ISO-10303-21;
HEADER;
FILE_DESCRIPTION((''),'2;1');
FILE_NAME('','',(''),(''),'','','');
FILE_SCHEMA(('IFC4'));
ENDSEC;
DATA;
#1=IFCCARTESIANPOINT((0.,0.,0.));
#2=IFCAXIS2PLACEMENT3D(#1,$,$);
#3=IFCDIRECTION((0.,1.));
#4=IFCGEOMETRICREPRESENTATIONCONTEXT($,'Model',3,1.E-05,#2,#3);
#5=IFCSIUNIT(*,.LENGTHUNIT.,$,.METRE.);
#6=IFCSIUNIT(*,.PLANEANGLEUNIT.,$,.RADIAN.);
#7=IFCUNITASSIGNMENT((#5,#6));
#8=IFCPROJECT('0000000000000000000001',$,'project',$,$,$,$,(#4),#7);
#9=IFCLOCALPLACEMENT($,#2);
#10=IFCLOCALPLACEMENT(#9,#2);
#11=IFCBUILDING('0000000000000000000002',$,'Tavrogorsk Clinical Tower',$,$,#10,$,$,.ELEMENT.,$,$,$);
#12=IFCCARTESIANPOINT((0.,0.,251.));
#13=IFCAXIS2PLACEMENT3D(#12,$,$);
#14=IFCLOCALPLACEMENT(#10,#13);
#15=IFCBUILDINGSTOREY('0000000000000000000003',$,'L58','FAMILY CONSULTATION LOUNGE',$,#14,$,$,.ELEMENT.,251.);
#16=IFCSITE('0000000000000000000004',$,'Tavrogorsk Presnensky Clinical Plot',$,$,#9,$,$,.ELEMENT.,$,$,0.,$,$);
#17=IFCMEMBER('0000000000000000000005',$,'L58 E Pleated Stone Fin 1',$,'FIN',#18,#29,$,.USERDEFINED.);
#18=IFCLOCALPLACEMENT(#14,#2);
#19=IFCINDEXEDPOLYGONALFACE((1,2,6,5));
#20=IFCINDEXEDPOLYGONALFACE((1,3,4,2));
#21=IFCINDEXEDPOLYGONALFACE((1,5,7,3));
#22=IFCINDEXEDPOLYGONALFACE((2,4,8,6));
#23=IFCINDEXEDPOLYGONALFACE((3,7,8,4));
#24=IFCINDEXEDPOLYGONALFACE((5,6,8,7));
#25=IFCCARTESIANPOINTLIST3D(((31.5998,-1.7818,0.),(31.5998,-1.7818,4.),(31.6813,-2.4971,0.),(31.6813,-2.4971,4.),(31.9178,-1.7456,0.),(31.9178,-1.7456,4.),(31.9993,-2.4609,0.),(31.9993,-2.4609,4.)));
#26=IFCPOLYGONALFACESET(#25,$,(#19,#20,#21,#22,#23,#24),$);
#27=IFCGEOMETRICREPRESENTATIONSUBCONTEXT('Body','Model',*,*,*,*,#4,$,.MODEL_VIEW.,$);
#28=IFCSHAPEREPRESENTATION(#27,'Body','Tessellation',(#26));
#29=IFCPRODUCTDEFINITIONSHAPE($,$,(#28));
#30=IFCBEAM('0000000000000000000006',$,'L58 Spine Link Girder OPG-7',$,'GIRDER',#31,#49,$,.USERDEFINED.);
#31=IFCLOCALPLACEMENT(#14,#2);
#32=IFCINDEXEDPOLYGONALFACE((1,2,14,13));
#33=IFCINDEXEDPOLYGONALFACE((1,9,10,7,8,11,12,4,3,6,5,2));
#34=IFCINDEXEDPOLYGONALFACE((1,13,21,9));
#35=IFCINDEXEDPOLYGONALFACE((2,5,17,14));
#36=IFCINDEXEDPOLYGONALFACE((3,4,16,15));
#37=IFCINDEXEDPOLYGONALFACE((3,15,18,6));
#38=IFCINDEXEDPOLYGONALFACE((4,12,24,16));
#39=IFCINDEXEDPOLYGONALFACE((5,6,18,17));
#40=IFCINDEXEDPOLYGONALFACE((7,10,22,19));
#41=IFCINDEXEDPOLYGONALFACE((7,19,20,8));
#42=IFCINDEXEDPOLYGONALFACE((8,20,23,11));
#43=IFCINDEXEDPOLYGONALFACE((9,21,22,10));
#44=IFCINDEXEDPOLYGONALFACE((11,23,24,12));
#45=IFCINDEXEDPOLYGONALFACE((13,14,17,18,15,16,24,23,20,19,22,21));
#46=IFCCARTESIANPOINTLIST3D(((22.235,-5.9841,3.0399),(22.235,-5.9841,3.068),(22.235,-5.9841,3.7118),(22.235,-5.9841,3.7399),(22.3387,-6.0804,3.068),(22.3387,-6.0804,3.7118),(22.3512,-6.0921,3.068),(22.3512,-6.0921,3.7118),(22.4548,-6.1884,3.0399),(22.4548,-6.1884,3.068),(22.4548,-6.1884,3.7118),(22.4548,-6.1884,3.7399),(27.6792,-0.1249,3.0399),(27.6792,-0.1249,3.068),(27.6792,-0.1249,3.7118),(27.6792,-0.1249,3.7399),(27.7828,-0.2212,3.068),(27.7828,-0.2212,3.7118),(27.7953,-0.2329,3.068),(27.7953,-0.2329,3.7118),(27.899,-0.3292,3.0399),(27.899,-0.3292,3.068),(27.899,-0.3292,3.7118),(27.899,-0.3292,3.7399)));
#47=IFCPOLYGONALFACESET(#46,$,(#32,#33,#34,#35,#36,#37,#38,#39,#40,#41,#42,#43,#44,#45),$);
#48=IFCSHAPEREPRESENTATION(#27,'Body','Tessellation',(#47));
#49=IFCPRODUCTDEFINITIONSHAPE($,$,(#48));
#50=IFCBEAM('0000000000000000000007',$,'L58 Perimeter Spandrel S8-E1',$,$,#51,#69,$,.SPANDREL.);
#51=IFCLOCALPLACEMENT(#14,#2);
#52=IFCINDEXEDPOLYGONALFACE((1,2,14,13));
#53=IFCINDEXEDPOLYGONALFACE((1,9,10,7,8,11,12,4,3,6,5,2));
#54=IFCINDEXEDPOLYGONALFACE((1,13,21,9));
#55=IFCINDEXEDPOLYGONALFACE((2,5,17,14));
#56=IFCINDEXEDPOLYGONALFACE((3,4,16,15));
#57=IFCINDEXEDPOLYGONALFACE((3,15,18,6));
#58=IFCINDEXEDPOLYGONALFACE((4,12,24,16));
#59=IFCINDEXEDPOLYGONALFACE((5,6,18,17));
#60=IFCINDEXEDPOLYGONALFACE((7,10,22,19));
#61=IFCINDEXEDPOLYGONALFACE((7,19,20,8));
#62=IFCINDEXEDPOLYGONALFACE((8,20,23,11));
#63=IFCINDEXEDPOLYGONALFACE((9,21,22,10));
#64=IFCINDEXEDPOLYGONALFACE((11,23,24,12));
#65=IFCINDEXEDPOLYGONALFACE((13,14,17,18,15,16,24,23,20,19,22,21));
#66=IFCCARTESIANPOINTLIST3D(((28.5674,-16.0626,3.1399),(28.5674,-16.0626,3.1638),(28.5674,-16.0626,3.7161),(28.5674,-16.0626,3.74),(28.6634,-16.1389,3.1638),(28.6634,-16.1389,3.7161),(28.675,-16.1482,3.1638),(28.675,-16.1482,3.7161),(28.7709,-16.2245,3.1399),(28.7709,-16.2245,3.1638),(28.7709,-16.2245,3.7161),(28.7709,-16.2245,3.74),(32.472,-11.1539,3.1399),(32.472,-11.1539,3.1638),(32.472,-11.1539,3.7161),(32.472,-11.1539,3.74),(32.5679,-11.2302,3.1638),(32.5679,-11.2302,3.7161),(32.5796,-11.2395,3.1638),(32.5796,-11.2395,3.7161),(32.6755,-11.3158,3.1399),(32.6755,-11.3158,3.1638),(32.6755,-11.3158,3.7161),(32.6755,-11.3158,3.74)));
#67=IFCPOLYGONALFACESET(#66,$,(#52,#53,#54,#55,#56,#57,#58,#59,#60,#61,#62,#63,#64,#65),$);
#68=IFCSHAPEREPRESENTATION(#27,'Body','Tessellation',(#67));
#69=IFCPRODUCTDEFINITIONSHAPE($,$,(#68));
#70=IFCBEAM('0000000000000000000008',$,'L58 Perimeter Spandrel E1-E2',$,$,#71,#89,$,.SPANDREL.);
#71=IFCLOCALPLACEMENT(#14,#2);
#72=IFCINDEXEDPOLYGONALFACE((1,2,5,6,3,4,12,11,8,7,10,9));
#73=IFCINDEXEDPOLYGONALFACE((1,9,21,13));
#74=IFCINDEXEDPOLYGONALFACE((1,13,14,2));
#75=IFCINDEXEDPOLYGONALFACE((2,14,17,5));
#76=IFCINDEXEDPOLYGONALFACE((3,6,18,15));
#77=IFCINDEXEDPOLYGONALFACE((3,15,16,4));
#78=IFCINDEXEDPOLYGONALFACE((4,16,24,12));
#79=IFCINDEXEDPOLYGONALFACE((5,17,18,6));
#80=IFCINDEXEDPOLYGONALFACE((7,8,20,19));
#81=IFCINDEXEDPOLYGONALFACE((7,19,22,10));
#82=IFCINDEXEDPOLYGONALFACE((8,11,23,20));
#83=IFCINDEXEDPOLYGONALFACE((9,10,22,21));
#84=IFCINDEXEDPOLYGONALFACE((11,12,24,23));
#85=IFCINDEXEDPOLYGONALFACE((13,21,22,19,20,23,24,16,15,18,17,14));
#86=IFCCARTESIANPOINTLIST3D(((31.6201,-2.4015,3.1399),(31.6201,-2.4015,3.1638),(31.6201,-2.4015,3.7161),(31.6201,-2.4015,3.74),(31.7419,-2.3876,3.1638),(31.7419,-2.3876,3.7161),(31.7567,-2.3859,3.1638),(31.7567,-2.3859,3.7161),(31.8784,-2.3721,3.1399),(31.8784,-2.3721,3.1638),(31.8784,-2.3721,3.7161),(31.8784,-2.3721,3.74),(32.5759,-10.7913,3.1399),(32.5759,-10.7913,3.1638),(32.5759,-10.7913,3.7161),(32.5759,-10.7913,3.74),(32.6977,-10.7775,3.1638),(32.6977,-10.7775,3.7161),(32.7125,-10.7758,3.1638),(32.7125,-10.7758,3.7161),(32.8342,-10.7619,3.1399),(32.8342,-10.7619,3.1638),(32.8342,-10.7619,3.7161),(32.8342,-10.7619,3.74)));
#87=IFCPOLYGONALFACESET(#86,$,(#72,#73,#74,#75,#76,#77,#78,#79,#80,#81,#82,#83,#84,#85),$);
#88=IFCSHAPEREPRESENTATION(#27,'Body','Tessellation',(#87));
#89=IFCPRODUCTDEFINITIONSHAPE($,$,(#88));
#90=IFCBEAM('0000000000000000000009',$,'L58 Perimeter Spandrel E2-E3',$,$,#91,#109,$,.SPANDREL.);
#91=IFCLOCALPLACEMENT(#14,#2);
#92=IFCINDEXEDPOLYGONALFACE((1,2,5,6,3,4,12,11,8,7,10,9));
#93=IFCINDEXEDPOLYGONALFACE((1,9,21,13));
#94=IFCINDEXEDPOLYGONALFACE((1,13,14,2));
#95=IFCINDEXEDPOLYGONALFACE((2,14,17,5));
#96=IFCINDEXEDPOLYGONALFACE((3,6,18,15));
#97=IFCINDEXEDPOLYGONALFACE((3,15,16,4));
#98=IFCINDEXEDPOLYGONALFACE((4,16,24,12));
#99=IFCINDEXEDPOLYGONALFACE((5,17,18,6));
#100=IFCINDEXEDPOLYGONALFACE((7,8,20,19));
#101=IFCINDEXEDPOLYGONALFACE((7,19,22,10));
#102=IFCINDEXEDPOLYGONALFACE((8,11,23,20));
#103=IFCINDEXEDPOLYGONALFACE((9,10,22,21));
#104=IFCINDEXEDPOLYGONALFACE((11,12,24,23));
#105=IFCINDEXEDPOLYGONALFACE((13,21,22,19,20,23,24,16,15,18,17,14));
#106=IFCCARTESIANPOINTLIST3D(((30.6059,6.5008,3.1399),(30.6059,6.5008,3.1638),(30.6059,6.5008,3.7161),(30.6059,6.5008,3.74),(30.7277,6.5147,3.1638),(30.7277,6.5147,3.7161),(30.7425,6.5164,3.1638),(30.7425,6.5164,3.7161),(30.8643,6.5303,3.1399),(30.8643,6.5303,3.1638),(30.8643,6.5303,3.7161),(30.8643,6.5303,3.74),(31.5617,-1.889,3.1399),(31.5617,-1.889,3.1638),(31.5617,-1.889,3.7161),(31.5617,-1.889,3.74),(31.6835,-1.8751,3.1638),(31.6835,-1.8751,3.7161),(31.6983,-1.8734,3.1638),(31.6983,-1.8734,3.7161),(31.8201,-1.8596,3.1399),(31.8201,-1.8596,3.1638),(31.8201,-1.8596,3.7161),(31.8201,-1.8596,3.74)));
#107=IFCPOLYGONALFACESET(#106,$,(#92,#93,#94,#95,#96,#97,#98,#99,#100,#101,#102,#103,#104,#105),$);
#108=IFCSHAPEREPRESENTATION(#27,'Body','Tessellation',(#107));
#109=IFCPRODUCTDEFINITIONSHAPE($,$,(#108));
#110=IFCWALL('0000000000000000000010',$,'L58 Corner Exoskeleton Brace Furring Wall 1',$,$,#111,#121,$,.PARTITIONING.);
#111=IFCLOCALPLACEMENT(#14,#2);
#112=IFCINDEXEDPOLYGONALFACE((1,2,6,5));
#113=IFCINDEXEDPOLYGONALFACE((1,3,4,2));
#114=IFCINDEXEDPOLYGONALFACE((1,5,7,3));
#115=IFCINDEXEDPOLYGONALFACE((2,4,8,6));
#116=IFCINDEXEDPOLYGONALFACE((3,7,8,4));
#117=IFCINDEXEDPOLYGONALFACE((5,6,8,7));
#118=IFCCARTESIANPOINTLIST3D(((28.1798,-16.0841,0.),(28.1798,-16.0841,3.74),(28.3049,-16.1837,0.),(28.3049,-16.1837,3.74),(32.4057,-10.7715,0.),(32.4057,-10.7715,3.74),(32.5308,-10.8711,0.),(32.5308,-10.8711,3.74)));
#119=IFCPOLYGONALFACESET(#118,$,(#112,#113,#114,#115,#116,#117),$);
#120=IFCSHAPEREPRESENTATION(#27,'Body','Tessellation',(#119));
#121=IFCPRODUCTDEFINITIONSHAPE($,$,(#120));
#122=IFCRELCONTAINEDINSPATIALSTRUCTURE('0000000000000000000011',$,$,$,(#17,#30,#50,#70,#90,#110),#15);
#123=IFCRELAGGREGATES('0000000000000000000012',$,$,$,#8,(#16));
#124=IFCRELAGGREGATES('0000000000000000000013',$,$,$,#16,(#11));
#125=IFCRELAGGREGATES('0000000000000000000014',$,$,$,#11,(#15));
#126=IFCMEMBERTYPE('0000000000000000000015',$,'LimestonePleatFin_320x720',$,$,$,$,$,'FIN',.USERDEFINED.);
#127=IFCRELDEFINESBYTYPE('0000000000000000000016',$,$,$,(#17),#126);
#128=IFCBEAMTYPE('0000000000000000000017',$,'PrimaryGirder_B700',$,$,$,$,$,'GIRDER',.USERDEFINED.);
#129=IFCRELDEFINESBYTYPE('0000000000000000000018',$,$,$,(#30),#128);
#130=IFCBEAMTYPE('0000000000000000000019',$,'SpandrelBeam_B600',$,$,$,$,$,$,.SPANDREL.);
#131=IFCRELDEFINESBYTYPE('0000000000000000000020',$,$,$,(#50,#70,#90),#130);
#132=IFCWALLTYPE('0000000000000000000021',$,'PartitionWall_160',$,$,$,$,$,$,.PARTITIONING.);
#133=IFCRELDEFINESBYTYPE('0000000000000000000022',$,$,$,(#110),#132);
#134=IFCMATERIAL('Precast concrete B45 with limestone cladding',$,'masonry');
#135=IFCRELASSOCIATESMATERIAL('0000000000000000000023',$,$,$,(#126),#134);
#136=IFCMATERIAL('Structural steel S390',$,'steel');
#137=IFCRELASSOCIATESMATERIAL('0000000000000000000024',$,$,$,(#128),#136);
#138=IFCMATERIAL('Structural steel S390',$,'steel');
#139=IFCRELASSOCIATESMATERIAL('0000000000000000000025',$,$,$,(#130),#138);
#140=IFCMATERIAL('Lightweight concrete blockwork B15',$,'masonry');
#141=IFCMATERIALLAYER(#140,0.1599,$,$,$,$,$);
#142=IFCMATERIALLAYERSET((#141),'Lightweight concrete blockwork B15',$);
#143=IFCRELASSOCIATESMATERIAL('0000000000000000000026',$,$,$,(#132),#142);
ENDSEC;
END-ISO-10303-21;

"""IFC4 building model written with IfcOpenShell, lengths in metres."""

from ifc_helpers import new_model, si_unit, direction, frame, frame_2d, origin, origin_2d, place, context, subcontext, project, spatial, rectangle, i_section, extrude, material, layer, layer_set, material_profile, profile_set, type_object, element, save


model = new_model("IFC4")

# Units and contexts
model_context = context("Model", 3, precision=1e-05, world=origin(), true_north=direction((0.0, 1.0)))
body_context = subcontext(model_context, "Body", "Model", "MODEL_VIEW")
ifc_project = project(units=[si_unit("LENGTHUNIT", "METRE"), si_unit("PLANEANGLEUNIT", "RADIAN")], contexts=[model_context])

# Site, building, storey
site_placement = place(None, origin())
site = spatial("IfcSite", under=ifc_project, at=site_placement, Name="Tavrogorsk Presnensky Clinical Plot", CompositionType="ELEMENT", RefElevation=0.0)
building_placement = place(site_placement, origin())
building = spatial("IfcBuilding", under=site, at=building_placement, Name="Tavrogorsk Clinical Tower", CompositionType="ELEMENT")
storey_placement = place(building_placement, frame((0.0, 0.0, 251.0)))
storey = spatial("IfcBuildingStorey", under=building, at=storey_placement, Name="L58", Description="FAMILY CONSULTATION LOUNGE", CompositionType="ELEMENT", Elevation=251.0)

# Member
ifc_material_1 = material(Name="Precast concrete B45 with limestone cladding", Category="masonry")
ifc_material_profile_1 = material_profile(ifc_material_1, rectangle(XDim=0.3201, YDim=0.72, at=origin_2d()), Name="LIMESTONE-FIN-320x720")
ifc_profile_set_1 = profile_set([ifc_material_profile_1], Name="Precast concrete B45 with limestone cladding")
member_type_1 = type_object("IfcMemberType", Name="LimestonePleatFin_320x720", ElementType="FIN", PredefinedType="USERDEFINED", material=ifc_profile_set_1)
member_1_placement = place(storey_placement, frame((31.7996, -2.1213, 0.0), z_axis=(0.0, 0.0, 1.0), x_axis=(0.993572, 0.113203, 0.0)))
element("IfcMember", 1, at=member_1_placement, inside=storey, type_object=member_type_1, Name="L58 E Pleated Stone Fin 1", ObjectType="FIN", PredefinedType="USERDEFINED", context=body_context, shape_type="SweptSolid", body=[
    extrude(rectangle(XDim=0.3201, YDim=0.72, at=origin_2d()), origin(), (0.0, 0.0, 1.0), 4.0),
])

# Beams
ifc_material_2 = material(Name="Structural steel S390", Category="steel")
ifc_material_profile_2 = material_profile(ifc_material_2, i_section(OverallWidth=0.3, OverallDepth=0.7, WebThickness=0.0171, FlangeThickness=0.0281, at=origin_2d()), Name="B-700x300x17x28")
ifc_profile_set_2 = profile_set([ifc_material_profile_2], Name="Structural steel S390")
beam_type_1 = type_object("IfcBeamType", Name="PrimaryGirder_B700", ElementType="GIRDER", PredefinedType="USERDEFINED", material=ifc_profile_set_2)
beam_1_placement = place(storey_placement, frame((27.7891, -0.2271, 3.3899), z_axis=(-0.680684, -0.732577, 0.0), x_axis=(0.732577, -0.680684, 0.0)))
element("IfcBeam", 2, at=beam_1_placement, inside=storey, type_object=beam_type_1, Name="L58 Spine Link Girder OPG-7", ObjectType="GIRDER", PredefinedType="USERDEFINED", context=body_context, shape_type="SweptSolid", body=[
    extrude(i_section(OverallWidth=0.3, OverallDepth=0.7, WebThickness=0.0171, FlangeThickness=0.0281, at=origin_2d()), origin(), (0.0, 0.0, 1.0), 7.998),
])
ifc_material_3 = material(Name="Structural steel S390", Category="steel")
ifc_material_profile_3 = material_profile(ifc_material_3, i_section(OverallWidth=0.26, OverallDepth=0.6001, WebThickness=0.0149, FlangeThickness=0.0239, at=origin_2d()), Name="B-600x260x15x24")
ifc_profile_set_3 = profile_set([ifc_material_profile_3], Name="Structural steel S390")
beam_type_2 = type_object("IfcBeamType", Name="SpandrelBeam_B600", PredefinedType="SPANDREL", material=ifc_profile_set_3)
beam_2_placement = place(storey_placement, frame((28.6692, -16.1436, 3.4399), z_axis=(0.622514, 0.782609, 0.0), x_axis=(-0.782609, 0.622514, 0.0)))
element("IfcBeam", 3, at=beam_2_placement, inside=storey, type_object=beam_type_2, Name="L58 Perimeter Spandrel S8-E1", PredefinedType="SPANDREL", context=body_context, shape_type="SweptSolid", body=[
    extrude(i_section(OverallWidth=0.26, OverallDepth=0.6001, WebThickness=0.0149, FlangeThickness=0.0239, at=origin_2d()), origin(), (0.0, 0.0, 1.0), 6.2722),
])
for number, where, z_axis, x_axis, name in (
    (4, (32.7051, -10.7766, 3.4399), (-0.113192, 0.993573, 0.0), (-0.993573, -0.113192, 0.0), "L58 Perimeter Spandrel E1-E2"),
    (5, (31.6909, -1.8743, 3.4399), (-0.113192, 0.993573, 0.0), (-0.993573, -0.113192, 0.0), "L58 Perimeter Spandrel E2-E3"),
):
    element("IfcBeam", number, at=place(storey_placement, frame(where, z_axis=z_axis, x_axis=x_axis)), inside=storey, type_object=beam_type_2, Name=name, PredefinedType="SPANDREL", context=body_context, shape_type="SweptSolid", body=[
        extrude(i_section(OverallWidth=0.26, OverallDepth=0.6001, WebThickness=0.0149, FlangeThickness=0.0239, at=origin_2d()), origin(), (0.0, 0.0, 1.0), 8.4441),
    ])

# Wall
ifc_material_4 = material(Name="Lightweight concrete blockwork B15", Category="masonry")
ifc_layer_1 = layer(ifc_material_4, 0.1599)
ifc_layer_set_1 = layer_set([ifc_layer_1], Name="Lightweight concrete blockwork B15")
wall_type_1 = type_object("IfcWallType", Name="PartitionWall_160", PredefinedType="PARTITIONING", material=ifc_layer_set_1)
wall_1_placement = place(storey_placement, frame((28.2424, -16.1338, 0.0), z_axis=(0.0, 0.0, 1.0), x_axis=(0.622522, 0.782603, 0.0)))
element("IfcWall", 6, at=wall_1_placement, inside=storey, type_object=wall_type_1, Name="L58 Corner Exoskeleton Brace Furring Wall 1", PredefinedType="PARTITIONING", context=body_context, shape_type="SweptSolid", body=[
    extrude(rectangle(XDim=6.7883, YDim=0.1599, at=frame_2d((3.394, 0.0))), origin(), (0.0, 0.0, 1.0), 3.74),
])

save(model, "model.ifc")
